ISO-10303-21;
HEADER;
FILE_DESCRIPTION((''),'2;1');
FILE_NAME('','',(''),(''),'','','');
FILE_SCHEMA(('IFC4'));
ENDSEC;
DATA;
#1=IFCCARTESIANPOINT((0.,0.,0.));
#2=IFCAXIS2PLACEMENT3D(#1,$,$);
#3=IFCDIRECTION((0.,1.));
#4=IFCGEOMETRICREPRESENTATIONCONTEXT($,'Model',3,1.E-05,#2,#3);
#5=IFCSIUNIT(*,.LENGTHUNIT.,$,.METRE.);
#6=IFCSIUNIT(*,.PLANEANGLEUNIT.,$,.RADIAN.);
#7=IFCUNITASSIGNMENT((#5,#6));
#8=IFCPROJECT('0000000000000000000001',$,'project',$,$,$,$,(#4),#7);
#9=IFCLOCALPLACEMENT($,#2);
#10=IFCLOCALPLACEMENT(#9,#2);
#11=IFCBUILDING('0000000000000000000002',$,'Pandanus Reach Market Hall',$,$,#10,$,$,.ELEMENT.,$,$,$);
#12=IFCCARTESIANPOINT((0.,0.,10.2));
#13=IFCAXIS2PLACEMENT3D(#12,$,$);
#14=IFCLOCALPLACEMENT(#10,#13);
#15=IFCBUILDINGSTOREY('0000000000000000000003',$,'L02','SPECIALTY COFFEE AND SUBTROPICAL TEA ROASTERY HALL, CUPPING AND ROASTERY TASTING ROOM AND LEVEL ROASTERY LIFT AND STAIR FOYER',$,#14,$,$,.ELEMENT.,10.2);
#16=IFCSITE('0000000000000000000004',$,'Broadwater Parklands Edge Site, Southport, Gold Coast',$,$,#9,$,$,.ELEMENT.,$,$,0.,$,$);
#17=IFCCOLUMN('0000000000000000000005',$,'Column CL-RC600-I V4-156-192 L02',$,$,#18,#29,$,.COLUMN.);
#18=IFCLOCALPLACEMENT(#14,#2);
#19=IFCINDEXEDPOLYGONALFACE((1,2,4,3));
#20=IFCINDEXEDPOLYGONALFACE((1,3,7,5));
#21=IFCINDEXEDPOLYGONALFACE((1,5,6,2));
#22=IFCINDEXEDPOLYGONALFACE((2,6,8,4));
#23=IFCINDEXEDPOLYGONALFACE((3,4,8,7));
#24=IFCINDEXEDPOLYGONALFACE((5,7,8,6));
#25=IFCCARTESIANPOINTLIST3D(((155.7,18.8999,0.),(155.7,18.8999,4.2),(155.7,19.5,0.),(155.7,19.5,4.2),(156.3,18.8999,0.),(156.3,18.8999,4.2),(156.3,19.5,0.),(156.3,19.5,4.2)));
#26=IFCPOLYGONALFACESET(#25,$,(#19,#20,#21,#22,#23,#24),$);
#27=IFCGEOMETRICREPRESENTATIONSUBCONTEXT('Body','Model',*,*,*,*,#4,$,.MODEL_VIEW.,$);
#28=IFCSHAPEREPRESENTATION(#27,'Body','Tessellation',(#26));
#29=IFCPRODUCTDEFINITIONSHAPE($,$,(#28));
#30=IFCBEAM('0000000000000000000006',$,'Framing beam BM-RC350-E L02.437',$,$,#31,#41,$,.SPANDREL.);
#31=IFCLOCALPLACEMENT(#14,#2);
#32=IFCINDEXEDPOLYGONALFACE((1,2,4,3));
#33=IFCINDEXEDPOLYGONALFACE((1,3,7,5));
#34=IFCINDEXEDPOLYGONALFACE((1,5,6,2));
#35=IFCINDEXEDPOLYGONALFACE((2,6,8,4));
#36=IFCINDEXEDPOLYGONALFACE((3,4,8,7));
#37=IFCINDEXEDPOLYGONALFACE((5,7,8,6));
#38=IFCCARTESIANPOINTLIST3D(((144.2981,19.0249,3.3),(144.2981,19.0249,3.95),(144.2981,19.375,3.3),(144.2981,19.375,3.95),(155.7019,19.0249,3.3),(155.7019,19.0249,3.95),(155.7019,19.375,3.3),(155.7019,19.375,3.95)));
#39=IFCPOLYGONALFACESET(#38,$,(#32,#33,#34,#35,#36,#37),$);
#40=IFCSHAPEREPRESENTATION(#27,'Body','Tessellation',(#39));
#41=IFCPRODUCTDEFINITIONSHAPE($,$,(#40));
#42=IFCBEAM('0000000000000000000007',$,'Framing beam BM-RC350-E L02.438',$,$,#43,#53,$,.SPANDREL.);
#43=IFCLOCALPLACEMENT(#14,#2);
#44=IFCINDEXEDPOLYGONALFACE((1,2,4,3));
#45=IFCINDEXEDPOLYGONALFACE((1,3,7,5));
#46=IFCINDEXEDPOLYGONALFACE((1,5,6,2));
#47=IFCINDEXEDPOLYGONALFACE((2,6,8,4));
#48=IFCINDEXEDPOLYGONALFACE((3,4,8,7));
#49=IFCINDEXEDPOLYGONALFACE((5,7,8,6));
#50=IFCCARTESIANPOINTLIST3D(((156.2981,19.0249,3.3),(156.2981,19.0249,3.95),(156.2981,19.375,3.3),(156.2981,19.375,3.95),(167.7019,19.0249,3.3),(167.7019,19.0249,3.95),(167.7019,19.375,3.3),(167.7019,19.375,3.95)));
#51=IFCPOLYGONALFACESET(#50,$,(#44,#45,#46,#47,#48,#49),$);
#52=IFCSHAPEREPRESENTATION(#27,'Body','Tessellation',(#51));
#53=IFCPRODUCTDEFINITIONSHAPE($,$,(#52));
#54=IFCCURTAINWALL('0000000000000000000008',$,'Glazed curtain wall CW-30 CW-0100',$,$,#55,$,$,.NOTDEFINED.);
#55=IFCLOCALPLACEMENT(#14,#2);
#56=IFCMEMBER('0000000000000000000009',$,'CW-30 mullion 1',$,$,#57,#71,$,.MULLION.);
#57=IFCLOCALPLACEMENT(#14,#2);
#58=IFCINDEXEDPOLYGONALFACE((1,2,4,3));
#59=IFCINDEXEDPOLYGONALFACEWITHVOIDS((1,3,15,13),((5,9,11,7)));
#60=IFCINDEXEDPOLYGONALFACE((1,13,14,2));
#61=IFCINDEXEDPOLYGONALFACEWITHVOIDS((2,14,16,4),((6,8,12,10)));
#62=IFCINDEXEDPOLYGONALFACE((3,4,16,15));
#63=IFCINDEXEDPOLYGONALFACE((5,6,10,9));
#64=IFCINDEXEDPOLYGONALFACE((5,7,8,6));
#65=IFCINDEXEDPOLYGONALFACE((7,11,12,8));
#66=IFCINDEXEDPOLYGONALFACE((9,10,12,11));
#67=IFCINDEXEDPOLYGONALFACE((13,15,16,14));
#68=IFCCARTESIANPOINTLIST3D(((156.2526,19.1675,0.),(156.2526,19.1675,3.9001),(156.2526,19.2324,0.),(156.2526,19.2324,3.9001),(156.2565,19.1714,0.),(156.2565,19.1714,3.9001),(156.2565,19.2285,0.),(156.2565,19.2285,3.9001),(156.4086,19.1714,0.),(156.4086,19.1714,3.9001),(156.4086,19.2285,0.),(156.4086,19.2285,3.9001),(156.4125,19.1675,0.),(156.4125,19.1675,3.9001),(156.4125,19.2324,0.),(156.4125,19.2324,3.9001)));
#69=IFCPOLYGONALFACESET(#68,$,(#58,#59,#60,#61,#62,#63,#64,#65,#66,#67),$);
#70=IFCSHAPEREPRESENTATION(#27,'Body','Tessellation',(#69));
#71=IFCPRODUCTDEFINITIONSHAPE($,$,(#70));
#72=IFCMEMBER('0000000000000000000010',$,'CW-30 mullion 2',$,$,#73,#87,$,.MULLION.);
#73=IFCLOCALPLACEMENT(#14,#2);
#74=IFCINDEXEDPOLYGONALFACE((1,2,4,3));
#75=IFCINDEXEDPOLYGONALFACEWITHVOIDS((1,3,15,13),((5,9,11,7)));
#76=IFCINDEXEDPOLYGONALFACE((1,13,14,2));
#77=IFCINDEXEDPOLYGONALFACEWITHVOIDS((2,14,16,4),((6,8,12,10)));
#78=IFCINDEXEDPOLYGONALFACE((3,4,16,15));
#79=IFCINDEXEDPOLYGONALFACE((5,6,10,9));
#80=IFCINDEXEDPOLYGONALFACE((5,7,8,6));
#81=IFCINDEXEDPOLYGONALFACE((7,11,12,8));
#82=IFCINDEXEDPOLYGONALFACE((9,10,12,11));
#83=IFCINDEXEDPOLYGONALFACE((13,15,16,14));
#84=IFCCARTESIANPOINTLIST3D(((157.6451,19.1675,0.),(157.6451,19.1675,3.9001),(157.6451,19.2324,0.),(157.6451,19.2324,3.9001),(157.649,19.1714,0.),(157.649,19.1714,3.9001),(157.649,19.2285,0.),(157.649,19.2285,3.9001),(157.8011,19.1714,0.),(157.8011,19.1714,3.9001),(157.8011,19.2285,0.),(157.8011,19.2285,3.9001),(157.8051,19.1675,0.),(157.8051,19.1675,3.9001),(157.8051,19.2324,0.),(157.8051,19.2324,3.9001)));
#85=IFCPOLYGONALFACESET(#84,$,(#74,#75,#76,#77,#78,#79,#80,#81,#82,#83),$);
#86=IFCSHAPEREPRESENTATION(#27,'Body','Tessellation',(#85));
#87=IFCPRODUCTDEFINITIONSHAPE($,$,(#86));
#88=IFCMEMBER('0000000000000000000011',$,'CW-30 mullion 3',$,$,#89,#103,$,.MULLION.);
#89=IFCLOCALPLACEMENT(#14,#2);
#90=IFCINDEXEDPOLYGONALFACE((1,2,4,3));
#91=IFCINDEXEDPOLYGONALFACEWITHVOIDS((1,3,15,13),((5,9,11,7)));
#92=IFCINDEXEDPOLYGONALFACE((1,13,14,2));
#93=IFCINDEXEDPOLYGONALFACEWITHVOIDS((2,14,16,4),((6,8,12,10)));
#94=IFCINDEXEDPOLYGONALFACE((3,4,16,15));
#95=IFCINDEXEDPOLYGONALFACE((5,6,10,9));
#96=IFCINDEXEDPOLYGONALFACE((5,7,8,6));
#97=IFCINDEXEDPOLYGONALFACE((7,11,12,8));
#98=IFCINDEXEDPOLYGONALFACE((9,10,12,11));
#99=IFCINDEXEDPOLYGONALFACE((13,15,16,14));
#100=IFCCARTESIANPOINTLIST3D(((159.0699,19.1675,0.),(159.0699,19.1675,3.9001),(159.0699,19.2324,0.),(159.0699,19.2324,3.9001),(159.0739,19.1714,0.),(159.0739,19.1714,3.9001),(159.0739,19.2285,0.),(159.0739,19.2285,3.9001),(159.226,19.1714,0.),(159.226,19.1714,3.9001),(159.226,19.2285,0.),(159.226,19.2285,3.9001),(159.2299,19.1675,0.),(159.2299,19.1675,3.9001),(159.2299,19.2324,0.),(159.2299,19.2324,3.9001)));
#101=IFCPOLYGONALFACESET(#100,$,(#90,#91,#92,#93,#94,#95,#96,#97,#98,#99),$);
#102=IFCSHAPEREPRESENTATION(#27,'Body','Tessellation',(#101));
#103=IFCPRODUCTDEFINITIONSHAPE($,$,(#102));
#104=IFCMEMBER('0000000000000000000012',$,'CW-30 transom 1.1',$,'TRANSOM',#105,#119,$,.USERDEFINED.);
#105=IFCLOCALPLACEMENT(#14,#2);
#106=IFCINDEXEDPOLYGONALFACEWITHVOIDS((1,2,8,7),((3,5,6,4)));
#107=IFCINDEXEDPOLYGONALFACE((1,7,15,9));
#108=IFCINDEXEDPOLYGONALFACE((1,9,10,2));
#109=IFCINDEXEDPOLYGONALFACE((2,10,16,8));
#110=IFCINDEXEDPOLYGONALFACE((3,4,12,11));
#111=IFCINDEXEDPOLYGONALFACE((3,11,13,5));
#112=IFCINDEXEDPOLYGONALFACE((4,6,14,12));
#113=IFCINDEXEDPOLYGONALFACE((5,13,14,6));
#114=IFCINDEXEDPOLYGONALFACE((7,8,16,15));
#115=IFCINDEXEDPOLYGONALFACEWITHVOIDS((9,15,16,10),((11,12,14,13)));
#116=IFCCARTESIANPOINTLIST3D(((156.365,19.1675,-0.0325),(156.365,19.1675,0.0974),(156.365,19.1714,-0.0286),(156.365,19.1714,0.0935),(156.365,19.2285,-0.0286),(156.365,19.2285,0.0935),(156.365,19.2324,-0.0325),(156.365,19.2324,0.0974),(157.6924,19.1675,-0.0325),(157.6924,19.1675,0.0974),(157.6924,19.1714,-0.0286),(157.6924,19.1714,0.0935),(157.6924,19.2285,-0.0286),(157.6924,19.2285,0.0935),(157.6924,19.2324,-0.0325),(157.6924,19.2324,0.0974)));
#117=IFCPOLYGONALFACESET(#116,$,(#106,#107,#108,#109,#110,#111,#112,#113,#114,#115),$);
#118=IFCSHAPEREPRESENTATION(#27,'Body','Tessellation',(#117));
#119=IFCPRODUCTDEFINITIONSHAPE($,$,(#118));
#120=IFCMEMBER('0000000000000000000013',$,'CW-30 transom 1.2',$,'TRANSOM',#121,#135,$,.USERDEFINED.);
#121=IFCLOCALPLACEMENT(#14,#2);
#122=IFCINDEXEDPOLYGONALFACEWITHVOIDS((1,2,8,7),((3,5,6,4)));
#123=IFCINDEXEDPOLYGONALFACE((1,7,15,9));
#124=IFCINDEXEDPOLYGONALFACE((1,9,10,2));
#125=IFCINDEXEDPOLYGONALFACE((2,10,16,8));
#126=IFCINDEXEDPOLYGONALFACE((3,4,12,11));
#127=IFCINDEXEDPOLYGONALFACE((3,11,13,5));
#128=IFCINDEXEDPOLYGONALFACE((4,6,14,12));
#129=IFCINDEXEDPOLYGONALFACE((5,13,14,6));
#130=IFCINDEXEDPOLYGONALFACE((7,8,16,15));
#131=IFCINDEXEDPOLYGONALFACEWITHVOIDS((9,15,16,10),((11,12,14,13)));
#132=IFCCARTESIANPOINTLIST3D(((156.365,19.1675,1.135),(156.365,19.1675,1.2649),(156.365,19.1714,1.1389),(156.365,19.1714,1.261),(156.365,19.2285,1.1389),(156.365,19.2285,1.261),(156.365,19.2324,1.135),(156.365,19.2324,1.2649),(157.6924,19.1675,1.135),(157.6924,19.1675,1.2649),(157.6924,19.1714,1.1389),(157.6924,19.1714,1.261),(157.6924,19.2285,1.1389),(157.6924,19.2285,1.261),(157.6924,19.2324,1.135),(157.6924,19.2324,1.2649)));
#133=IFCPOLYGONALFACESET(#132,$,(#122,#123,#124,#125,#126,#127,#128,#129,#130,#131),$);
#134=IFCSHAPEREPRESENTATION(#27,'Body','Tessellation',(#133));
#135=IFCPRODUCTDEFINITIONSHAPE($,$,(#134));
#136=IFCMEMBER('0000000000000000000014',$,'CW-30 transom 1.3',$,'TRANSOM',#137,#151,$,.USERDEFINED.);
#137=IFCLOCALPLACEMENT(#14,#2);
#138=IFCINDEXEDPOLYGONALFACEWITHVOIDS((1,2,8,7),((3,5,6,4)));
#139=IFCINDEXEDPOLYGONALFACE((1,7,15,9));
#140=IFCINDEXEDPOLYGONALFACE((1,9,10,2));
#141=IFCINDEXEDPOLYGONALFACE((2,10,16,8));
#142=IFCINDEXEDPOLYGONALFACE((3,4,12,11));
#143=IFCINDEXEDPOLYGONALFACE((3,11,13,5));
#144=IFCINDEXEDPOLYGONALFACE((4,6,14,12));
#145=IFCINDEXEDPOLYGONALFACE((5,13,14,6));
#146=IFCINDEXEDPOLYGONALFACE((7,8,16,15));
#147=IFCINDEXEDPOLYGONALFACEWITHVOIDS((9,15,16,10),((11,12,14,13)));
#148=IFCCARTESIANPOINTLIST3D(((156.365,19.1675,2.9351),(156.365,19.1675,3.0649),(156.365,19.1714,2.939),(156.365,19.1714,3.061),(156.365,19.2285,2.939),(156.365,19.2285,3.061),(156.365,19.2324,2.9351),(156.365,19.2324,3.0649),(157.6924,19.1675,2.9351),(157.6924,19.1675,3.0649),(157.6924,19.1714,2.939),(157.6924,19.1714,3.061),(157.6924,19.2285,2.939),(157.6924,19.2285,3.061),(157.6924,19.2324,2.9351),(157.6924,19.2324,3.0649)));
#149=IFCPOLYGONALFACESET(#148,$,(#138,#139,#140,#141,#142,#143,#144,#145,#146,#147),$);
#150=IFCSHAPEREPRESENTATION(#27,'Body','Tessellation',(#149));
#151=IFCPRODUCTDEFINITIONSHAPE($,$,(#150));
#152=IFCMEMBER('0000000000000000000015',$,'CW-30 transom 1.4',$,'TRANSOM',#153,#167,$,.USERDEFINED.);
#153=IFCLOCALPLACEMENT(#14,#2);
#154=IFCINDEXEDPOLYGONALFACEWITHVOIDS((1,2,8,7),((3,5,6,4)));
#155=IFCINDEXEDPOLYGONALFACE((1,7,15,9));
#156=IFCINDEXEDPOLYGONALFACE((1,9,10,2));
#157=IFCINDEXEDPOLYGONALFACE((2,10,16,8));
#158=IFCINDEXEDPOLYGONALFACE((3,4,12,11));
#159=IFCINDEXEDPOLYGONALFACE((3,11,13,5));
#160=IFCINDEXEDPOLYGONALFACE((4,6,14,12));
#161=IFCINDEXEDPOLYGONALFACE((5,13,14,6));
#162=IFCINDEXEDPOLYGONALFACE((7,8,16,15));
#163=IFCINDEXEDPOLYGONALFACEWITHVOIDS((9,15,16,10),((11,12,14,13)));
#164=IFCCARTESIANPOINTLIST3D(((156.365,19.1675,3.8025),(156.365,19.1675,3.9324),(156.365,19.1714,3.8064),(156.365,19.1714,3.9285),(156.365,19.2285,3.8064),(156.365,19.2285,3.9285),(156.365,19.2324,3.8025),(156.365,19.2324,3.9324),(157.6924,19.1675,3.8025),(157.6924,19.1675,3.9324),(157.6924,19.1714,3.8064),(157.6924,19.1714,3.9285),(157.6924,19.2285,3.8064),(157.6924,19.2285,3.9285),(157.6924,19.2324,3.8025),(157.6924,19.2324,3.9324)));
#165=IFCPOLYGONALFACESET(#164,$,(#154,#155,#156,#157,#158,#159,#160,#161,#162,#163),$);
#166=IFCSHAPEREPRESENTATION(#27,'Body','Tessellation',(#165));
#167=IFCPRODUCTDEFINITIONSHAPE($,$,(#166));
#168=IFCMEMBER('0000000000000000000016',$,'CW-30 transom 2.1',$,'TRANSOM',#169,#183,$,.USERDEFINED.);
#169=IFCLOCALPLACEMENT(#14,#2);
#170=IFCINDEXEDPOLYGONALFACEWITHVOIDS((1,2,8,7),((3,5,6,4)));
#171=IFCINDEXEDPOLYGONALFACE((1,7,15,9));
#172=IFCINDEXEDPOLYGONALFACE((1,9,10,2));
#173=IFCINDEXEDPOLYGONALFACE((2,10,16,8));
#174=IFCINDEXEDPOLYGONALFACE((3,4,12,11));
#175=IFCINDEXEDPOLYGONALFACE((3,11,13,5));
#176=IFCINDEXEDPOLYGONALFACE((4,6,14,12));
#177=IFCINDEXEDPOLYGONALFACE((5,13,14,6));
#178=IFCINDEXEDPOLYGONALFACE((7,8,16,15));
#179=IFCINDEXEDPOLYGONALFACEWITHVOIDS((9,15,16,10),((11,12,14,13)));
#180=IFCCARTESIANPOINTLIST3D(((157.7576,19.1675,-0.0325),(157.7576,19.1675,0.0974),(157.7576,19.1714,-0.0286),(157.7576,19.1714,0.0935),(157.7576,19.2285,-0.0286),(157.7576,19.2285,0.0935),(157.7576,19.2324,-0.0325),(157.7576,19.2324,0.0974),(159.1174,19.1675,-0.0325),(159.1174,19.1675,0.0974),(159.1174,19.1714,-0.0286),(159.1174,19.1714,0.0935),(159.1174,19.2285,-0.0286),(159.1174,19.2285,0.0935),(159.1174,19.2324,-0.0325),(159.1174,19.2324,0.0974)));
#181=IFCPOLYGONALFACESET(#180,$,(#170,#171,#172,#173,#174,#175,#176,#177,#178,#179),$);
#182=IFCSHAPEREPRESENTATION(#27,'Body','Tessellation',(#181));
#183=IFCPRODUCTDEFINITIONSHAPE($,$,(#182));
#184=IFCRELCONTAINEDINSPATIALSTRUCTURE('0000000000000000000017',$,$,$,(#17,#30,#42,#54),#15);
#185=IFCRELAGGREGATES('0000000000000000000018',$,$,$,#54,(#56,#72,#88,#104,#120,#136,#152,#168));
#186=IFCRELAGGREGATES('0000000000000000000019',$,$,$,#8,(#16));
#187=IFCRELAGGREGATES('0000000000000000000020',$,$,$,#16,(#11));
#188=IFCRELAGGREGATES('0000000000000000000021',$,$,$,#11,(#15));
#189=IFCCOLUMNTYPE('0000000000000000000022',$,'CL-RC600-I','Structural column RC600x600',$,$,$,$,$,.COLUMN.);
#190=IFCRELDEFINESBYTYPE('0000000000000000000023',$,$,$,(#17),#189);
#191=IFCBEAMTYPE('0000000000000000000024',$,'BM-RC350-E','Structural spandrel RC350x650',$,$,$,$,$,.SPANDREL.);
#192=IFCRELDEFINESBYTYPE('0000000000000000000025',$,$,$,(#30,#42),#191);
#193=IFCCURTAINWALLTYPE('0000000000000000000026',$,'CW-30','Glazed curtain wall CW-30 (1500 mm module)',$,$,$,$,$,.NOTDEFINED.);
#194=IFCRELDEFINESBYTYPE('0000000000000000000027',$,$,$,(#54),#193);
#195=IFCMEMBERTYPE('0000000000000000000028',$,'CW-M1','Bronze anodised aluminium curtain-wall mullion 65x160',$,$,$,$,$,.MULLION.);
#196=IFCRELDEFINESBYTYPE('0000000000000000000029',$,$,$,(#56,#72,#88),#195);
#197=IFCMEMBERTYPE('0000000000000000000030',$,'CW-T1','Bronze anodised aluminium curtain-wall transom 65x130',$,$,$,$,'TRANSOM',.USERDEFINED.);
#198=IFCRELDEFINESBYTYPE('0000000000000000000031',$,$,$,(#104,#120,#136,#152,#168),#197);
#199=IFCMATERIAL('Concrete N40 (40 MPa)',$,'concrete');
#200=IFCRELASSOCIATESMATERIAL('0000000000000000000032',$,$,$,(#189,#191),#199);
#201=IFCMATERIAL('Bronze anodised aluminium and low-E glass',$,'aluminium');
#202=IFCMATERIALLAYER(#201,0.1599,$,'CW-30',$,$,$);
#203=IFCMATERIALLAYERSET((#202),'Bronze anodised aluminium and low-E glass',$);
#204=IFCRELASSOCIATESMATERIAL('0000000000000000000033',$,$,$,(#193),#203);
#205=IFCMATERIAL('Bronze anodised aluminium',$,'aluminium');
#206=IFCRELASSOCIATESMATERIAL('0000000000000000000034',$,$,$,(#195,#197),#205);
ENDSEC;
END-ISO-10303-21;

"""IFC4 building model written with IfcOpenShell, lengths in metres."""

from ifc_helpers import new_model, si_unit, direction, frame, origin, origin_2d, place, context, subcontext, project, spatial, rectangle, hollow_rectangle, extrude, material, layer, layer_set, material_profile, profile_set, type_object, element, aggregate, save


model = new_model("IFC4")

# Units and contexts
model_context = context("Model", 3, precision=1e-05, world=origin(), true_north=direction((0.0, 1.0)))
body_context = subcontext(model_context, "Body", "Model", "MODEL_VIEW")
ifc_project = project(units=[si_unit("LENGTHUNIT", "METRE"), si_unit("PLANEANGLEUNIT", "RADIAN")], contexts=[model_context])

# Site, building, storey
site_placement = place(None, origin())
site = spatial("IfcSite", under=ifc_project, at=site_placement, Name="Broadwater Parklands Edge Site, Southport, Gold Coast", CompositionType="ELEMENT", RefElevation=0.0)
building_placement = place(site_placement, origin())
building = spatial("IfcBuilding", under=site, at=building_placement, Name="Pandanus Reach Market Hall", CompositionType="ELEMENT")
storey_placement = place(building_placement, frame((0.0, 0.0, 10.2)))
storey = spatial("IfcBuildingStorey", under=building, at=storey_placement, Name="L02", Description="SPECIALTY COFFEE AND SUBTROPICAL TEA ROASTERY HALL, CUPPING AND ROASTERY TASTING ROOM AND LEVEL ROASTERY LIFT AND STAIR FOYER", CompositionType="ELEMENT", Elevation=10.2)

# Column
ifc_material_1 = material(Name="Concrete N40 (40 MPa)", Category="concrete")
ifc_material_profile_1 = material_profile(ifc_material_1, rectangle(XDim=0.6001, YDim=0.6001, at=origin_2d()), Name="RC600x600", Category="LoadBearing")
ifc_profile_set_1 = profile_set([ifc_material_profile_1], Name="Concrete N40 (40 MPa)")
column_type = type_object("IfcColumnType", Name="CL-RC600-I", Description="Structural column RC600x600", PredefinedType="COLUMN", material=ifc_profile_set_1)
column_placement = place(storey_placement, frame((156.0, 19.2, 0.0), z_axis=(0.0, 0.0, 1.0), x_axis=(1.0, 0.0, 0.0)))
element("IfcColumn", 1, at=column_placement, inside=storey, type_object=column_type, Name="Column CL-RC600-I V4-156-192 L02", PredefinedType="COLUMN", context=body_context, shape_type="SweptSolid", body=[
    extrude(rectangle(XDim=0.6001, YDim=0.6001, at=origin_2d()), origin(), (0.0, 0.0, 1.0), 4.2),
])

# Beams
ifc_material_profile_2 = material_profile(ifc_material_1, rectangle(XDim=0.3501, YDim=0.6499, at=origin_2d()), Name="RC350x650", Category="LoadBearing")
ifc_profile_set_2 = profile_set([ifc_material_profile_2], Name="Concrete N40 (40 MPa)")
beam_type = type_object("IfcBeamType", Name="BM-RC350-E", Description="Structural spandrel RC350x650", PredefinedType="SPANDREL", material=ifc_profile_set_2)
for number, where, z_axis, x_axis, name in (
    (2, (144.2981, 19.2, 3.625), (1.0, 0.0, 0.0), (0.0, 1.0, 0.0), "Framing beam BM-RC350-E L02.437"),
    (3, (156.2981, 19.2, 3.625), (1.0, 0.0, 0.0), (0.0, 1.0, 0.0), "Framing beam BM-RC350-E L02.438"),
):
    element("IfcBeam", number, at=place(storey_placement, frame(where, z_axis=z_axis, x_axis=x_axis)), inside=storey, type_object=beam_type, Name=name, PredefinedType="SPANDREL", context=body_context, shape_type="SweptSolid", body=[
        extrude(rectangle(XDim=0.3501, YDim=0.6499, at=origin_2d()), origin(), (0.0, 0.0, 1.0), 11.4038),
    ])

# Curtain wall, members
ifc_material_2 = material(Name="Bronze anodised aluminium and low-E glass", Category="aluminium")
ifc_layer_1 = layer(ifc_material_2, 0.1599, Name="CW-30")
ifc_layer_set_1 = layer_set([ifc_layer_1], Name="Bronze anodised aluminium and low-E glass")
curtain_wall_type = type_object("IfcCurtainWallType", Name="CW-30", Description="Glazed curtain wall CW-30 (1500 mm module)", PredefinedType="NOTDEFINED", material=ifc_layer_set_1)
curtain_wall_placement = place(storey_placement, origin())
curtain_wall = element("IfcCurtainWall", 4, at=curtain_wall_placement, inside=storey, type_object=curtain_wall_type, Name="Glazed curtain wall CW-30 CW-0100", PredefinedType="NOTDEFINED")
ifc_material_3 = material(Name="Bronze anodised aluminium", Category="aluminium")
ifc_material_profile_3 = material_profile(ifc_material_3, hollow_rectangle(XDim=0.0649, YDim=0.1599, WallThickness=0.0039, at=origin_2d()), Name="ALU65x160", Category="LoadBearing")
ifc_profile_set_3 = profile_set([ifc_material_profile_3], Name="Bronze anodised aluminium")
member_type_1 = type_object("IfcMemberType", Name="CW-M1", Description="Bronze anodised aluminium curtain-wall mullion 65x160", PredefinedType="MULLION", material=ifc_profile_set_3)
member_1_placement = place(storey_placement, frame((156.3325, 19.2, 0.0), z_axis=(0.0, 0.0, 1.0), x_axis=(0.0, 1.0, 0.0)))
member_1 = element("IfcMember", 5, at=member_1_placement, type_object=member_type_1, Name="CW-30 mullion 1", PredefinedType="MULLION", context=body_context, shape_type="SweptSolid", body=[
    extrude(hollow_rectangle(XDim=0.0649, YDim=0.1599, WallThickness=0.0039, at=origin_2d()), origin(), (0.0, 0.0, 1.0), 3.9001),
])
member_2_placement = place(storey_placement, frame((157.7251, 19.2, 0.0), z_axis=(0.0, 0.0, 1.0), x_axis=(0.0, 1.0, 0.0)))
member_2 = element("IfcMember", 6, at=member_2_placement, type_object=member_type_1, Name="CW-30 mullion 2", PredefinedType="MULLION", context=body_context, shape_type="SweptSolid", body=[
    extrude(hollow_rectangle(XDim=0.0649, YDim=0.1599, WallThickness=0.0039, at=origin_2d()), origin(), (0.0, 0.0, 1.0), 3.9001),
])
member_3_placement = place(storey_placement, frame((159.1499, 19.2, 0.0), z_axis=(0.0, 0.0, 1.0), x_axis=(0.0, 1.0, 0.0)))
member_3 = element("IfcMember", 7, at=member_3_placement, type_object=member_type_1, Name="CW-30 mullion 3", PredefinedType="MULLION", context=body_context, shape_type="SweptSolid", body=[
    extrude(hollow_rectangle(XDim=0.0649, YDim=0.1599, WallThickness=0.0039, at=origin_2d()), origin(), (0.0, 0.0, 1.0), 3.9001),
])
ifc_material_profile_4 = material_profile(ifc_material_3, hollow_rectangle(XDim=0.0649, YDim=0.1299, WallThickness=0.0039, at=origin_2d()), Name="ALU65x130", Category="LoadBearing")
ifc_profile_set_4 = profile_set([ifc_material_profile_4], Name="Bronze anodised aluminium")
member_type_2 = type_object("IfcMemberType", Name="CW-T1", Description="Bronze anodised aluminium curtain-wall transom 65x130", ElementType="TRANSOM", PredefinedType="USERDEFINED", material=ifc_profile_set_4)
member_4_placement = place(storey_placement, frame((156.365, 19.2, 0.0325), z_axis=(1.0, 0.0, 0.0), x_axis=(0.0, 1.0, 0.0)))
member_4 = element("IfcMember", 8, at=member_4_placement, type_object=member_type_2, Name="CW-30 transom 1.1", ObjectType="TRANSOM", PredefinedType="USERDEFINED", context=body_context, shape_type="SweptSolid", body=[
    extrude(hollow_rectangle(XDim=0.0649, YDim=0.1299, WallThickness=0.0039, at=origin_2d()), origin(), (0.0, 0.0, 1.0), 1.3274),
])
member_5_placement = place(storey_placement, frame((156.365, 19.2, 1.2), z_axis=(1.0, 0.0, 0.0), x_axis=(0.0, 1.0, 0.0)))
member_5 = element("IfcMember", 9, at=member_5_placement, type_object=member_type_2, Name="CW-30 transom 1.2", ObjectType="TRANSOM", PredefinedType="USERDEFINED", context=body_context, shape_type="SweptSolid", body=[
    extrude(hollow_rectangle(XDim=0.0649, YDim=0.1299, WallThickness=0.0039, at=origin_2d()), origin(), (0.0, 0.0, 1.0), 1.3274),
])
member_6_placement = place(storey_placement, frame((156.365, 19.2, 3.0), z_axis=(1.0, 0.0, 0.0), x_axis=(0.0, 1.0, 0.0)))
member_6 = element("IfcMember", 10, at=member_6_placement, type_object=member_type_2, Name="CW-30 transom 1.3", ObjectType="TRANSOM", PredefinedType="USERDEFINED", context=body_context, shape_type="SweptSolid", body=[
    extrude(hollow_rectangle(XDim=0.0649, YDim=0.1299, WallThickness=0.0039, at=origin_2d()), origin(), (0.0, 0.0, 1.0), 1.3274),
])
member_7_placement = place(storey_placement, frame((156.365, 19.2, 3.8674), z_axis=(1.0, 0.0, 0.0), x_axis=(0.0, 1.0, 0.0)))
member_7 = element("IfcMember", 11, at=member_7_placement, type_object=member_type_2, Name="CW-30 transom 1.4", ObjectType="TRANSOM", PredefinedType="USERDEFINED", context=body_context, shape_type="SweptSolid", body=[
    extrude(hollow_rectangle(XDim=0.0649, YDim=0.1299, WallThickness=0.0039, at=origin_2d()), origin(), (0.0, 0.0, 1.0), 1.3274),
])
member_8_placement = place(storey_placement, frame((157.7576, 19.2, 0.0325), z_axis=(1.0, 0.0, 0.0), x_axis=(0.0, 1.0, 0.0)))
member_8 = element("IfcMember", 12, at=member_8_placement, type_object=member_type_2, Name="CW-30 transom 2.1", ObjectType="TRANSOM", PredefinedType="USERDEFINED", context=body_context, shape_type="SweptSolid", body=[
    extrude(hollow_rectangle(XDim=0.0649, YDim=0.1299, WallThickness=0.0039, at=origin_2d()), origin(), (0.0, 0.0, 1.0), 1.3599),
])
aggregate(curtain_wall, [member_1, member_2, member_3, member_4, member_5, member_6, member_7, member_8])

save(model, "model.ifc")
